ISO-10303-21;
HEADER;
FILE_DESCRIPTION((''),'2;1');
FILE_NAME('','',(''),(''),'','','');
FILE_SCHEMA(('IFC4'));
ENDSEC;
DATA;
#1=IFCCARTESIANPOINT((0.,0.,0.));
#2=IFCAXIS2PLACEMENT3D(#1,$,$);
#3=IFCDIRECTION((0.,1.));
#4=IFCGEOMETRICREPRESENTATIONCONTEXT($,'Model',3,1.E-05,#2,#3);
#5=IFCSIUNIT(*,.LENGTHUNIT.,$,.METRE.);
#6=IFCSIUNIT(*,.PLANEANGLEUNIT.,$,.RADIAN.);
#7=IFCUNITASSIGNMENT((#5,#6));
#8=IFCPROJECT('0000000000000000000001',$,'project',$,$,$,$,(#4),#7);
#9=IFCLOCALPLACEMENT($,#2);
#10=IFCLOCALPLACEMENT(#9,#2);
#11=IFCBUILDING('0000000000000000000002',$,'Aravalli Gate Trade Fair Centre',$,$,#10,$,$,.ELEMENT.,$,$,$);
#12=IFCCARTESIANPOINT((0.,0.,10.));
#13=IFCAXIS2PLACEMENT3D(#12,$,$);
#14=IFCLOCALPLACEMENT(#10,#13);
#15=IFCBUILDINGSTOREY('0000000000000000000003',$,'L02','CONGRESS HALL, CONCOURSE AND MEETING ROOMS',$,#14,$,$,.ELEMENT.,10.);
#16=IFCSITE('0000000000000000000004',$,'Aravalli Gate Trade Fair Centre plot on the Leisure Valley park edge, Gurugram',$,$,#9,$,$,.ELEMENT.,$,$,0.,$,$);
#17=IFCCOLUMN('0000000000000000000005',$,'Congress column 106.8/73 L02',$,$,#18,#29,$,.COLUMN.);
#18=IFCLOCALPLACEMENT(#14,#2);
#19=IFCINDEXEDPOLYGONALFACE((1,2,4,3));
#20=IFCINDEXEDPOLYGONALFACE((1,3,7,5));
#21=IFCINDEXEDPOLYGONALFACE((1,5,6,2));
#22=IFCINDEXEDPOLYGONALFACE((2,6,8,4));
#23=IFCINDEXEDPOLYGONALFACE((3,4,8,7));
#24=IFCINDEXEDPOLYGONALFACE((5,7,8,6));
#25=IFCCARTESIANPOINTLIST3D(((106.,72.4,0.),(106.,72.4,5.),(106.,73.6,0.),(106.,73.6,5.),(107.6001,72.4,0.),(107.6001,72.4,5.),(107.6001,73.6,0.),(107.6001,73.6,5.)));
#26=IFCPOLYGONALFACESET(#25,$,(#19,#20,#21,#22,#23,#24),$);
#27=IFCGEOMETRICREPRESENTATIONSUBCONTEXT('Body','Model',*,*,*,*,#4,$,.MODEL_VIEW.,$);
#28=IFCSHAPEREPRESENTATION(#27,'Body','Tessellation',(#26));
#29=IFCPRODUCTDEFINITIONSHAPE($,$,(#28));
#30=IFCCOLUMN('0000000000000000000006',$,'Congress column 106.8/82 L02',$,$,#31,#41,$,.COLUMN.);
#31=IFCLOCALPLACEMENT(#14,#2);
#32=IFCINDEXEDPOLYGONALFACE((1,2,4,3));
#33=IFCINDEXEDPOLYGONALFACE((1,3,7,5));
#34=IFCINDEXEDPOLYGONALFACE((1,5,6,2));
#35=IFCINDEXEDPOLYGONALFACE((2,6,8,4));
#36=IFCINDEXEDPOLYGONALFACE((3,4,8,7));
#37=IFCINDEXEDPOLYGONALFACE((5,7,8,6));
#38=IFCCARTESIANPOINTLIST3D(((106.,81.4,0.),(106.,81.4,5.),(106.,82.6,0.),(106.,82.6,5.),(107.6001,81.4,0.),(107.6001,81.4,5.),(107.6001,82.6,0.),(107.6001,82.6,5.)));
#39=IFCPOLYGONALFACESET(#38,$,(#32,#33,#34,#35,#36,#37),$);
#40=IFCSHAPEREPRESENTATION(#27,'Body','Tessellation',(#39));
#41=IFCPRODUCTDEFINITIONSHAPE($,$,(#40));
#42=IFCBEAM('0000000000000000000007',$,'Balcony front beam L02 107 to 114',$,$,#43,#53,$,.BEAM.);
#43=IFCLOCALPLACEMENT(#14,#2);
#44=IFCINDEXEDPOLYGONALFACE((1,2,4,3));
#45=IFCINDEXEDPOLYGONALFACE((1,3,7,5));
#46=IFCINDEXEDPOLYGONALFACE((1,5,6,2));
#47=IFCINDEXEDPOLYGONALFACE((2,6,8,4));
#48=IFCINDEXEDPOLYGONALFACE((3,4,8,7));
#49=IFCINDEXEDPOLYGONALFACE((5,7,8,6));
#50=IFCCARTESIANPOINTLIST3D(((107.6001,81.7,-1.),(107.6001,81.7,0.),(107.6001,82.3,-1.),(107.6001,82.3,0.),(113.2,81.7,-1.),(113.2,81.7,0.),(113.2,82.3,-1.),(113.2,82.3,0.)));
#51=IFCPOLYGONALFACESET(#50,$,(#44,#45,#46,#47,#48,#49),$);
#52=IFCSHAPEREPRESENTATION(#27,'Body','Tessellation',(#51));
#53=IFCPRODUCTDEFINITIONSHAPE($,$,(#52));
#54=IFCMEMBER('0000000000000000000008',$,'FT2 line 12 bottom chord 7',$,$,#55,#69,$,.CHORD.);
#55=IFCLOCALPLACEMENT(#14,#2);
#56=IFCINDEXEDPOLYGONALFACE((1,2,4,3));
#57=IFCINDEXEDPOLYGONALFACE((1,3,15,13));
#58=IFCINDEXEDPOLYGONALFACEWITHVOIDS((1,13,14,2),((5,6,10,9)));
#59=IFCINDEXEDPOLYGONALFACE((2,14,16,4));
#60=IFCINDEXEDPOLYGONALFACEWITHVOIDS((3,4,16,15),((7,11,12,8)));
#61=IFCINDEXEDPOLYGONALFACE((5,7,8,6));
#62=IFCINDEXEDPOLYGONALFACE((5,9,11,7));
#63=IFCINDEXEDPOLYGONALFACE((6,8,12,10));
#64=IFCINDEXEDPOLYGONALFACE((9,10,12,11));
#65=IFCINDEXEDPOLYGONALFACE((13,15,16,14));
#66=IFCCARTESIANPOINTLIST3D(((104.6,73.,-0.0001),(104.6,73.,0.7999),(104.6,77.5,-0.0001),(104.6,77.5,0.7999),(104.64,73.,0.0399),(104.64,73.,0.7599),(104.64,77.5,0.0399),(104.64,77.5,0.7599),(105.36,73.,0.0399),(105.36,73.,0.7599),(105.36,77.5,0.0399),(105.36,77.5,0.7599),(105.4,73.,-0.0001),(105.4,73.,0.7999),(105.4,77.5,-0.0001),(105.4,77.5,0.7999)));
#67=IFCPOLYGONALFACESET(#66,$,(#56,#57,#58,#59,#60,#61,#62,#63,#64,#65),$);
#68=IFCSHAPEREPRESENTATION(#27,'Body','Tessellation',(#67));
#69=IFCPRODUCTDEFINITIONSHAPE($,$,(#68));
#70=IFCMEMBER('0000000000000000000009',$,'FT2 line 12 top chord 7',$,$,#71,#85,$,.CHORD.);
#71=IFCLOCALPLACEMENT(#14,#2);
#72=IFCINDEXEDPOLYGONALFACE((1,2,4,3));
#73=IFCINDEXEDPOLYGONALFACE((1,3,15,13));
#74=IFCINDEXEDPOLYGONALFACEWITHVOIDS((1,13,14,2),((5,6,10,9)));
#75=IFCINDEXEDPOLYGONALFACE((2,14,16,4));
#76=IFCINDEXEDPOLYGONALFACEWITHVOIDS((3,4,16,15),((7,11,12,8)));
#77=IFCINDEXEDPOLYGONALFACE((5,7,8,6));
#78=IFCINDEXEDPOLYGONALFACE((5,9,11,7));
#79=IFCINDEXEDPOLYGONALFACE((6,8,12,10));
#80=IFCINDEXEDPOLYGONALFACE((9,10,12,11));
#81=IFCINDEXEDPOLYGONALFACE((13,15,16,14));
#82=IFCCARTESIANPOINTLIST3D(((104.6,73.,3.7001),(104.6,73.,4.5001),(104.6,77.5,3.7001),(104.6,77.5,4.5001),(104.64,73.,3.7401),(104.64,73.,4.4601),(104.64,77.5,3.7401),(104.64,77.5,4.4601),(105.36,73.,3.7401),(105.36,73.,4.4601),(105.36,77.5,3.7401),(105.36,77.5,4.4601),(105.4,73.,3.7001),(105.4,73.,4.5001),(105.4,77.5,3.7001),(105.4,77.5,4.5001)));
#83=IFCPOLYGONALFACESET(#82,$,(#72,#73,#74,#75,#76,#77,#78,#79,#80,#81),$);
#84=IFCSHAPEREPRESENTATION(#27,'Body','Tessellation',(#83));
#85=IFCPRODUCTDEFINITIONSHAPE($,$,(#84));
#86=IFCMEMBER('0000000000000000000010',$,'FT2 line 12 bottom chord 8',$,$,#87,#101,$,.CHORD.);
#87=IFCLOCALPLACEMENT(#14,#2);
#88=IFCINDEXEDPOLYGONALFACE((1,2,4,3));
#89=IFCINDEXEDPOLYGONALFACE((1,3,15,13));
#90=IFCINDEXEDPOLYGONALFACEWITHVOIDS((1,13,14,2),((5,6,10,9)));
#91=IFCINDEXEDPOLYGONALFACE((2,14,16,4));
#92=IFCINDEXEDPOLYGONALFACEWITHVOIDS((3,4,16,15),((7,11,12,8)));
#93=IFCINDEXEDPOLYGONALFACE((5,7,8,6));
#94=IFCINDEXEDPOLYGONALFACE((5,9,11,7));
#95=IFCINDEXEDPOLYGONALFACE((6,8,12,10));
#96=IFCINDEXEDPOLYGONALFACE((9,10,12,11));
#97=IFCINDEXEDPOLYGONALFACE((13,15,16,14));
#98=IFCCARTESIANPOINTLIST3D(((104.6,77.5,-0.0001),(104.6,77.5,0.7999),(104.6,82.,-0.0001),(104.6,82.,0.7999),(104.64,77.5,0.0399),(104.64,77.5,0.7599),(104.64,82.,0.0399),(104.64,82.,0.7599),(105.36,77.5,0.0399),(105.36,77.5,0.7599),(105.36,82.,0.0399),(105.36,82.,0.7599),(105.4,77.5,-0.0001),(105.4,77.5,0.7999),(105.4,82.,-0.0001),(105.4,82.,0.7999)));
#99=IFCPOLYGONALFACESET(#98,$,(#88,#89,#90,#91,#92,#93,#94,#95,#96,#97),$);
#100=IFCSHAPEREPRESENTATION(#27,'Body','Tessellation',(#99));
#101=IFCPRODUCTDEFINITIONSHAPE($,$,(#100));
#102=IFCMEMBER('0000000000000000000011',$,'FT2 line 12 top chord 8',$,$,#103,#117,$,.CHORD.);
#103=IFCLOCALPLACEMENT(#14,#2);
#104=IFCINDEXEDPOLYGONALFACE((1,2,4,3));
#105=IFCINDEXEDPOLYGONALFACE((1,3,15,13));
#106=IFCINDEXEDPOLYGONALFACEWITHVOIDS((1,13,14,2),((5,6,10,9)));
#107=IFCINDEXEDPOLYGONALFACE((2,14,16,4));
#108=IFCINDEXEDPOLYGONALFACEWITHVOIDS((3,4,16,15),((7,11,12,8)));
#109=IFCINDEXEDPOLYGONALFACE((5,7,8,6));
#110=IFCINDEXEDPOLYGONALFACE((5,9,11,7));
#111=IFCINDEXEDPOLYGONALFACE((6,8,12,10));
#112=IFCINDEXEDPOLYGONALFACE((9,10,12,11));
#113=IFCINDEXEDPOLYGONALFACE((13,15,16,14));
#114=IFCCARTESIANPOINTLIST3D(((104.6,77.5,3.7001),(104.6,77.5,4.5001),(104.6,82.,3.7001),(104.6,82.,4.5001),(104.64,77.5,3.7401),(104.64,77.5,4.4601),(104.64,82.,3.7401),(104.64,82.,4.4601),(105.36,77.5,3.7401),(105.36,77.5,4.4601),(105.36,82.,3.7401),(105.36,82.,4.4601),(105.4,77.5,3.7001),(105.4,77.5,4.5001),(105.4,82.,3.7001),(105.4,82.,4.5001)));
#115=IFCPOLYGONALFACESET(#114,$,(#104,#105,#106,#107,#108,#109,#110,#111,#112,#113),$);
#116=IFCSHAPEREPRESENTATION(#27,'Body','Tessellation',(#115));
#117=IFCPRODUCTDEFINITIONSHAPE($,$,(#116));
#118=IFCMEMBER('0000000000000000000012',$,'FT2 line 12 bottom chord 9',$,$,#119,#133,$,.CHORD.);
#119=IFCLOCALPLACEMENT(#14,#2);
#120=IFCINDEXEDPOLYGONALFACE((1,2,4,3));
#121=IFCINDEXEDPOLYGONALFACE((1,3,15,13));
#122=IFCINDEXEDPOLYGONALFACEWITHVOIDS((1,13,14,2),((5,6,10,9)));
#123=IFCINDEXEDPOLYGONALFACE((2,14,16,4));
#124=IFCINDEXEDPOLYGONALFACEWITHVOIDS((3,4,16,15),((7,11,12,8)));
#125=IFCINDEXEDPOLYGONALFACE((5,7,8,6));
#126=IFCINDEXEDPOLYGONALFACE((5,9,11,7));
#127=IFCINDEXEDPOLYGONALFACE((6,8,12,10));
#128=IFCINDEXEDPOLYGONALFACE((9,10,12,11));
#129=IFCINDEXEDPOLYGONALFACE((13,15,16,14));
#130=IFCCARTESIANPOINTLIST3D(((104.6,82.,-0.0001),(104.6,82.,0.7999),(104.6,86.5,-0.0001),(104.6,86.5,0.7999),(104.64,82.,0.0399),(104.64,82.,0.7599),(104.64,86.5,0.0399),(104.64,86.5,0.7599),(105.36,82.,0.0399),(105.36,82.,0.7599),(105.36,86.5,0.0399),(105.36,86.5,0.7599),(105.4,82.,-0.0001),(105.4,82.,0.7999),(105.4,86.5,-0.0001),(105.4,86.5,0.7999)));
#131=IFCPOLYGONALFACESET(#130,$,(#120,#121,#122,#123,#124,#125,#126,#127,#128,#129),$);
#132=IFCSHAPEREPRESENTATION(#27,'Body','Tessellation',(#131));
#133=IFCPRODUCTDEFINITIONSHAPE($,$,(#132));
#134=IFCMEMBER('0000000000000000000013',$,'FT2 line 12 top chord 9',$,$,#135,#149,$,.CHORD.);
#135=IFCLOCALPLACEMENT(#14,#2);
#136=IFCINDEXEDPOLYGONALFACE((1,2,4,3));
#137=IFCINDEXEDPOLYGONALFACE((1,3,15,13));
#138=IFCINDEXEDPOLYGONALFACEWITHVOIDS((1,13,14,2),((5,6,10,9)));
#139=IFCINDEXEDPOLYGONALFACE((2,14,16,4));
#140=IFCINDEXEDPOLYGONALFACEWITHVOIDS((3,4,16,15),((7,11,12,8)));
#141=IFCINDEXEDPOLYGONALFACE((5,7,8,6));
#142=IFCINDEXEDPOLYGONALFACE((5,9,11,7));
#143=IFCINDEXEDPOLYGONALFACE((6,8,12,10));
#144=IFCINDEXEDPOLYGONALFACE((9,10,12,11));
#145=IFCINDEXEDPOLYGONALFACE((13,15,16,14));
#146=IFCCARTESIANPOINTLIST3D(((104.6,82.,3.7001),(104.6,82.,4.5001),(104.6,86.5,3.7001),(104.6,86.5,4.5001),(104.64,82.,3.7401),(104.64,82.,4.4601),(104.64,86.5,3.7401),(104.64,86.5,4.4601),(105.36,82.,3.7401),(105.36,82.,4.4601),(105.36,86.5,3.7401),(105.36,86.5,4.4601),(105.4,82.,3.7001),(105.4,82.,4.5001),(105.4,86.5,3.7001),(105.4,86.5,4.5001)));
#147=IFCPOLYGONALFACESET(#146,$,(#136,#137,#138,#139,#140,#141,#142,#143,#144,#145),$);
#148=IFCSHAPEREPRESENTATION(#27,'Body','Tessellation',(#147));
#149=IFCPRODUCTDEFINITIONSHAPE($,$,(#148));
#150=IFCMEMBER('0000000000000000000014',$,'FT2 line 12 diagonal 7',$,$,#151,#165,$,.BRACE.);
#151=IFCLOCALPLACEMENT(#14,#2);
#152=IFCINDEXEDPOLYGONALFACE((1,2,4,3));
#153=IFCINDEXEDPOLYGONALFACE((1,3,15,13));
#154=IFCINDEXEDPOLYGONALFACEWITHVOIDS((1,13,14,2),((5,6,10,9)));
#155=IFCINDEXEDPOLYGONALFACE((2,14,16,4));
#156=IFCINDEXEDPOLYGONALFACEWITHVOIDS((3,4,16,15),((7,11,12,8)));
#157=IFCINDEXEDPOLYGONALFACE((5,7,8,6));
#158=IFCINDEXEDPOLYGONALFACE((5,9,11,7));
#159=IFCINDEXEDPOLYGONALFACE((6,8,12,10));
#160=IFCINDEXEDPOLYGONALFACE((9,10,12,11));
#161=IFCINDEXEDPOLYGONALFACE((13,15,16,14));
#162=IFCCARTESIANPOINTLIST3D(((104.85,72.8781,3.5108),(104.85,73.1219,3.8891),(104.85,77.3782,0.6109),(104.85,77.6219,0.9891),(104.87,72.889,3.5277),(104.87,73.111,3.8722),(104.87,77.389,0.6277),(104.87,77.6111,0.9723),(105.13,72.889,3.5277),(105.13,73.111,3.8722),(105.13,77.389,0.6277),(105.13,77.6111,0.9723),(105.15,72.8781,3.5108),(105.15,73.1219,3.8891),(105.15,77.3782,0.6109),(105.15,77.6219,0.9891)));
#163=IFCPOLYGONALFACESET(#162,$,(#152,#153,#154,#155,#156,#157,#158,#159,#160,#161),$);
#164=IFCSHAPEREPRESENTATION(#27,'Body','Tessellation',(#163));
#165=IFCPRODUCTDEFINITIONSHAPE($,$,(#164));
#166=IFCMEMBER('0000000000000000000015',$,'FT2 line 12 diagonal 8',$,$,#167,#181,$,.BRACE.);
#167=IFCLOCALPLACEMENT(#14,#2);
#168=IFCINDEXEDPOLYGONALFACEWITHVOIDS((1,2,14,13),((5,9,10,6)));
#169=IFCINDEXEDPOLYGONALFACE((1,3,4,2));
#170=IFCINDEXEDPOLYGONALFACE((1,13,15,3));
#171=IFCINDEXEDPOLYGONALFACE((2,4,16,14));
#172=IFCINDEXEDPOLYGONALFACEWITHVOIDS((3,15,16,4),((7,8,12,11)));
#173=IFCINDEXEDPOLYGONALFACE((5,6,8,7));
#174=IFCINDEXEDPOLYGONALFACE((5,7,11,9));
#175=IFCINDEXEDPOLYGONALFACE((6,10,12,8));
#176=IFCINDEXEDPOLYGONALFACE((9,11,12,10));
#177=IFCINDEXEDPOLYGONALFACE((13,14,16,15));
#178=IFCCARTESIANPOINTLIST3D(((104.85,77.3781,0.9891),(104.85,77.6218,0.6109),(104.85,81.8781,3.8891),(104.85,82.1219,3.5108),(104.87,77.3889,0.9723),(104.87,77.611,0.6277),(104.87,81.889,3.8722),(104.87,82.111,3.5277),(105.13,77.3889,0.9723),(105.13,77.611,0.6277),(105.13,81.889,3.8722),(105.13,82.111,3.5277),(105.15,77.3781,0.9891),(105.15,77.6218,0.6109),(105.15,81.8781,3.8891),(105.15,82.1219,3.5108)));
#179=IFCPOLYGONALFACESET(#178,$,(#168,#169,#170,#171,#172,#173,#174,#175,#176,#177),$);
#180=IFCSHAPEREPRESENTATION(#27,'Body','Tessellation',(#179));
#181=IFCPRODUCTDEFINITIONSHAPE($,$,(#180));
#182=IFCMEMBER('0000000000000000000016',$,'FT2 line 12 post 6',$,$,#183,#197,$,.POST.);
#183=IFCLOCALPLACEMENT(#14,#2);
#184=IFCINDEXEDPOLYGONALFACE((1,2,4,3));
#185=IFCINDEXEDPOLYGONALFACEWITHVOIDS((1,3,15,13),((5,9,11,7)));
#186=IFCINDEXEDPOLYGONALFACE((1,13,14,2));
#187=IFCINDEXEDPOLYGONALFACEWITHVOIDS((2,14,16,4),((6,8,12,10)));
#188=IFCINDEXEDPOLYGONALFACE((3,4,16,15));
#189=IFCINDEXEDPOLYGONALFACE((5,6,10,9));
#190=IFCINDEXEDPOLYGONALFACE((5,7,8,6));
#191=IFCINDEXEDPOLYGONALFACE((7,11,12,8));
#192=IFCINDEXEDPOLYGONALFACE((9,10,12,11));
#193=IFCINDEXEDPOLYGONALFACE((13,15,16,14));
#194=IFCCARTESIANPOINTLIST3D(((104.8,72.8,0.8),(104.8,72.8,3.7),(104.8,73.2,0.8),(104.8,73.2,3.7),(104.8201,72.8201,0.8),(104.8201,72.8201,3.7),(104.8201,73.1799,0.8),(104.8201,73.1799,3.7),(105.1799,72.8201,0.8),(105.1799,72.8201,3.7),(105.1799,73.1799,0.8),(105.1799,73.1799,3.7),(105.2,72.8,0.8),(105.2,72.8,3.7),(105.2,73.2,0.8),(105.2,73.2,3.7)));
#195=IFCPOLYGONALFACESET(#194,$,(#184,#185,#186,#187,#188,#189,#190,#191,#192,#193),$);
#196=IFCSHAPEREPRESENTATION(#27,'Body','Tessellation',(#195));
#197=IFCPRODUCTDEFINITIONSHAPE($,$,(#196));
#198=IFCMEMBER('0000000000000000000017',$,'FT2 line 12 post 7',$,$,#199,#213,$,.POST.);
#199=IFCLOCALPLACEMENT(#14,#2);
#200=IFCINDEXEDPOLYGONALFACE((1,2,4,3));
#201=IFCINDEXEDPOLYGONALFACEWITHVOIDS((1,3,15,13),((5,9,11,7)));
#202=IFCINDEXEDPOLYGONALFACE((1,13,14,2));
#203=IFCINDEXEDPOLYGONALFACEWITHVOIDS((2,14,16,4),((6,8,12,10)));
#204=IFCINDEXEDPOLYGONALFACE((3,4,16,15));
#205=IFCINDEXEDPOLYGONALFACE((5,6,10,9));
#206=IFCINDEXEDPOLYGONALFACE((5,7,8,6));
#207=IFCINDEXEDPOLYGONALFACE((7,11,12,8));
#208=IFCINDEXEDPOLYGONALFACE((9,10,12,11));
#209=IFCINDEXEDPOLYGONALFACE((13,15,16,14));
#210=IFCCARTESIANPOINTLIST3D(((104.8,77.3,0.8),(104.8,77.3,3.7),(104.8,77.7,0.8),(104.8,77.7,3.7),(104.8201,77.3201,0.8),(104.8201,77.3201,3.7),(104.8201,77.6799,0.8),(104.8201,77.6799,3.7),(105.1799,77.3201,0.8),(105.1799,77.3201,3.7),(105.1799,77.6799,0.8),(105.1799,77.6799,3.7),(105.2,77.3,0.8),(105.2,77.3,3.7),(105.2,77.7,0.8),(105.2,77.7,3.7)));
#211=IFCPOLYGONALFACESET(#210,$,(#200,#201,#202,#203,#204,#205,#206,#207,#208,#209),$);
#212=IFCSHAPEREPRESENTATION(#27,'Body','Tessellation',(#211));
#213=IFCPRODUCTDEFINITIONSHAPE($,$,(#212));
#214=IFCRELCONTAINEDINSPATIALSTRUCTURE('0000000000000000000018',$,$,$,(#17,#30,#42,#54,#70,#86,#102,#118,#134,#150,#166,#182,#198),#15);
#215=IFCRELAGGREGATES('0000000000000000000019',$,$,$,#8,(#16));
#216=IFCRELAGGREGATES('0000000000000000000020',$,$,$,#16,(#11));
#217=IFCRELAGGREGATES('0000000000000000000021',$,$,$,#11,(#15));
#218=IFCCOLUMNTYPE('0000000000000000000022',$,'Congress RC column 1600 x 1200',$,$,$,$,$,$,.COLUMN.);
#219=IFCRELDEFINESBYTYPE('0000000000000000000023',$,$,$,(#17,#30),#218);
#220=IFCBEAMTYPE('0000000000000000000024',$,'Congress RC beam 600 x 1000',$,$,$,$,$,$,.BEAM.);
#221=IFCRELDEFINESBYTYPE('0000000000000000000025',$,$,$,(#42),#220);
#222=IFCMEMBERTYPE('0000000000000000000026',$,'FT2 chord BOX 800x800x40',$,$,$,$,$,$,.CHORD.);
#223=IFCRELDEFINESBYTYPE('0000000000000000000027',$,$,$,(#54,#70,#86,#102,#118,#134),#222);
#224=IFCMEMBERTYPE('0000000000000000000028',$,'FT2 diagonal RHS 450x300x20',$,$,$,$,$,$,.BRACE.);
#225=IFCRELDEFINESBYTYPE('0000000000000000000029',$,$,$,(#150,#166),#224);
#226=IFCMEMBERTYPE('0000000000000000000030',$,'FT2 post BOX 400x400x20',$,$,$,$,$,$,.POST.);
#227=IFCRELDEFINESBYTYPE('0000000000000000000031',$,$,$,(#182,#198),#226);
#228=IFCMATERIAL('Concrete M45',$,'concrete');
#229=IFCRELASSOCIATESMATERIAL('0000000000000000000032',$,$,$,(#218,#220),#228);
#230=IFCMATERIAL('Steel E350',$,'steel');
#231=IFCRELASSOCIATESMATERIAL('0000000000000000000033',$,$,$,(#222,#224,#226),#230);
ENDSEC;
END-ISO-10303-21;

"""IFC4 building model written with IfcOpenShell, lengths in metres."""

from ifc_helpers import new_model, si_unit, direction, frame, origin, origin_2d, place, context, subcontext, project, spatial, rectangle, hollow_rectangle, extrude, material, material_profile, profile_set, type_object, element, save


model = new_model("IFC4")

# Units and contexts
model_context = context("Model", 3, precision=1e-05, world=origin(), true_north=direction((0.0, 1.0)))
body_context = subcontext(model_context, "Body", "Model", "MODEL_VIEW")
ifc_project = project(units=[si_unit("LENGTHUNIT", "METRE"), si_unit("PLANEANGLEUNIT", "RADIAN")], contexts=[model_context])

# Site, building, storey
site_placement = place(None, origin())
site = spatial("IfcSite", under=ifc_project, at=site_placement, Name="Aravalli Gate Trade Fair Centre plot on the Leisure Valley park edge, Gurugram", CompositionType="ELEMENT", RefElevation=0.0)
building_placement = place(site_placement, origin())
building = spatial("IfcBuilding", under=site, at=building_placement, Name="Aravalli Gate Trade Fair Centre", CompositionType="ELEMENT")
storey_placement = place(building_placement, frame((0.0, 0.0, 10.0)))
storey = spatial("IfcBuildingStorey", under=building, at=storey_placement, Name="L02", Description="CONGRESS HALL, CONCOURSE AND MEETING ROOMS", CompositionType="ELEMENT", Elevation=10.0)

# Columns
ifc_material_1 = material(Name="Concrete M45", Category="concrete")
ifc_material_profile_1 = material_profile(ifc_material_1, rectangle(XDim=1.6001, YDim=1.2, at=origin_2d()), Name="RC 1600x1200")
ifc_profile_set_1 = profile_set([ifc_material_profile_1], Name="Concrete M45")
column_type = type_object("IfcColumnType", Name="Congress RC column 1600 x 1200", PredefinedType="COLUMN", material=ifc_profile_set_1)
for number, where, z_axis, x_axis, name in (
    (1, (106.8, 73.0, 0.0), (0.0, 0.0, 1.0), (1.0, 0.0, 0.0), "Congress column 106.8/73 L02"),
    (2, (106.8, 82.0, 0.0), (0.0, 0.0, 1.0), (1.0, 0.0, 0.0), "Congress column 106.8/82 L02"),
):
    element("IfcColumn", number, at=place(storey_placement, frame(where, z_axis=z_axis, x_axis=x_axis)), inside=storey, type_object=column_type, Name=name, PredefinedType="COLUMN", context=body_context, shape_type="SweptSolid", body=[
        extrude(rectangle(XDim=1.6001, YDim=1.2, at=origin_2d()), origin(), (0.0, 0.0, 1.0), 5.0),
    ])

# Beam
ifc_material_profile_2 = material_profile(ifc_material_1, rectangle(XDim=0.6001, YDim=1.0, at=origin_2d()), Name="RC 600x1000")
ifc_profile_set_2 = profile_set([ifc_material_profile_2], Name="Concrete M45")
beam_type = type_object("IfcBeamType", Name="Congress RC beam 600 x 1000", PredefinedType="BEAM", material=ifc_profile_set_2)
beam_placement = place(storey_placement, frame((107.6001, 82.0, -0.5), z_axis=(1.0, 0.0, 0.0), x_axis=(0.0, 1.0, 0.0)))
element("IfcBeam", 3, at=beam_placement, inside=storey, type_object=beam_type, Name="Balcony front beam L02 107 to 114", PredefinedType="BEAM", context=body_context, shape_type="SweptSolid", body=[
    extrude(rectangle(XDim=0.6001, YDim=1.0, at=origin_2d()), origin(), (0.0, 0.0, 1.0), 5.5999),
])

# Members
ifc_material_2 = material(Name="Steel E350", Category="steel")
ifc_material_profile_3 = material_profile(ifc_material_2, hollow_rectangle(XDim=0.8, YDim=0.8, WallThickness=0.04, at=origin_2d()), Name="BOX 800x800x40")
ifc_profile_set_3 = profile_set([ifc_material_profile_3], Name="Steel E350")
member_type_1 = type_object("IfcMemberType", Name="FT2 chord BOX 800x800x40", PredefinedType="CHORD", material=ifc_profile_set_3)
for number, where, z_axis, x_axis, name in (
    (4, (105.0, 73.0, 0.3999), (0.0, 1.0, 0.0), (-1.0, 0.0, 0.0), "FT2 line 12 bottom chord 7"),
    (5, (105.0, 73.0, 4.1001), (0.0, 1.0, 0.0), (-1.0, 0.0, 0.0), "FT2 line 12 top chord 7"),
    (6, (105.0, 77.5, 0.3999), (0.0, 1.0, 0.0), (-1.0, 0.0, 0.0), "FT2 line 12 bottom chord 8"),
    (7, (105.0, 77.5, 4.1001), (0.0, 1.0, 0.0), (-1.0, 0.0, 0.0), "FT2 line 12 top chord 8"),
    (8, (105.0, 82.0, 0.3999), (0.0, 1.0, 0.0), (-1.0, 0.0, 0.0), "FT2 line 12 bottom chord 9"),
    (9, (105.0, 82.0, 4.1001), (0.0, 1.0, 0.0), (-1.0, 0.0, 0.0), "FT2 line 12 top chord 9"),
):
    element("IfcMember", number, at=place(storey_placement, frame(where, z_axis=z_axis, x_axis=x_axis)), inside=storey, type_object=member_type_1, Name=name, PredefinedType="CHORD", context=body_context, shape_type="SweptSolid", body=[
        extrude(hollow_rectangle(XDim=0.8, YDim=0.8, WallThickness=0.04, at=origin_2d()), origin(), (0.0, 0.0, 1.0), 4.5),
    ])
ifc_material_profile_4 = material_profile(ifc_material_2, hollow_rectangle(XDim=0.3, YDim=0.45, WallThickness=0.02, at=origin_2d()), Name="RHS 450x300x20")
ifc_profile_set_4 = profile_set([ifc_material_profile_4], Name="Steel E350")
member_type_2 = type_object("IfcMemberType", Name="FT2 diagonal RHS 450x300x20", PredefinedType="BRACE", material=ifc_profile_set_4)
for number, where, z_axis, x_axis, name in (
    (10, (105.0, 73.0, 3.7), (0.0, 0.840579, -0.541688), (-1.0, 0.0, 0.0), "FT2 line 12 diagonal 7"),
    (11, (105.0, 82.0, 3.7), (0.0, -0.840579, -0.541688), (1.0, 0.0, 0.0), "FT2 line 12 diagonal 8"),
):
    element("IfcMember", number, at=place(storey_placement, frame(where, z_axis=z_axis, x_axis=x_axis)), inside=storey, type_object=member_type_2, Name=name, PredefinedType="BRACE", context=body_context, shape_type="SweptSolid", body=[
        extrude(hollow_rectangle(XDim=0.3, YDim=0.45, WallThickness=0.02, at=origin_2d()), origin(), (0.0, 0.0, 1.0), 5.3535),
    ])
ifc_material_profile_5 = material_profile(ifc_material_2, hollow_rectangle(XDim=0.3999, YDim=0.3999, WallThickness=0.02, at=origin_2d()), Name="BOX 400x400x20")
ifc_profile_set_5 = profile_set([ifc_material_profile_5], Name="Steel E350")
member_type_3 = type_object("IfcMemberType", Name="FT2 post BOX 400x400x20", PredefinedType="POST", material=ifc_profile_set_5)
for number, where, z_axis, x_axis, name in (
    (12, (105.0, 73.0, 0.8), (0.0, 0.0, 1.0), (1.0, 0.0, 0.0), "FT2 line 12 post 6"),
    (13, (105.0, 77.5, 0.8), (0.0, 0.0, 1.0), (1.0, 0.0, 0.0), "FT2 line 12 post 7"),
):
    element("IfcMember", number, at=place(storey_placement, frame(where, z_axis=z_axis, x_axis=x_axis)), inside=storey, type_object=member_type_3, Name=name, PredefinedType="POST", context=body_context, shape_type="SweptSolid", body=[
        extrude(hollow_rectangle(XDim=0.3999, YDim=0.3999, WallThickness=0.02, at=origin_2d()), origin(), (0.0, 0.0, 1.0), 2.8999),
    ])

save(model, "model.ifc")
